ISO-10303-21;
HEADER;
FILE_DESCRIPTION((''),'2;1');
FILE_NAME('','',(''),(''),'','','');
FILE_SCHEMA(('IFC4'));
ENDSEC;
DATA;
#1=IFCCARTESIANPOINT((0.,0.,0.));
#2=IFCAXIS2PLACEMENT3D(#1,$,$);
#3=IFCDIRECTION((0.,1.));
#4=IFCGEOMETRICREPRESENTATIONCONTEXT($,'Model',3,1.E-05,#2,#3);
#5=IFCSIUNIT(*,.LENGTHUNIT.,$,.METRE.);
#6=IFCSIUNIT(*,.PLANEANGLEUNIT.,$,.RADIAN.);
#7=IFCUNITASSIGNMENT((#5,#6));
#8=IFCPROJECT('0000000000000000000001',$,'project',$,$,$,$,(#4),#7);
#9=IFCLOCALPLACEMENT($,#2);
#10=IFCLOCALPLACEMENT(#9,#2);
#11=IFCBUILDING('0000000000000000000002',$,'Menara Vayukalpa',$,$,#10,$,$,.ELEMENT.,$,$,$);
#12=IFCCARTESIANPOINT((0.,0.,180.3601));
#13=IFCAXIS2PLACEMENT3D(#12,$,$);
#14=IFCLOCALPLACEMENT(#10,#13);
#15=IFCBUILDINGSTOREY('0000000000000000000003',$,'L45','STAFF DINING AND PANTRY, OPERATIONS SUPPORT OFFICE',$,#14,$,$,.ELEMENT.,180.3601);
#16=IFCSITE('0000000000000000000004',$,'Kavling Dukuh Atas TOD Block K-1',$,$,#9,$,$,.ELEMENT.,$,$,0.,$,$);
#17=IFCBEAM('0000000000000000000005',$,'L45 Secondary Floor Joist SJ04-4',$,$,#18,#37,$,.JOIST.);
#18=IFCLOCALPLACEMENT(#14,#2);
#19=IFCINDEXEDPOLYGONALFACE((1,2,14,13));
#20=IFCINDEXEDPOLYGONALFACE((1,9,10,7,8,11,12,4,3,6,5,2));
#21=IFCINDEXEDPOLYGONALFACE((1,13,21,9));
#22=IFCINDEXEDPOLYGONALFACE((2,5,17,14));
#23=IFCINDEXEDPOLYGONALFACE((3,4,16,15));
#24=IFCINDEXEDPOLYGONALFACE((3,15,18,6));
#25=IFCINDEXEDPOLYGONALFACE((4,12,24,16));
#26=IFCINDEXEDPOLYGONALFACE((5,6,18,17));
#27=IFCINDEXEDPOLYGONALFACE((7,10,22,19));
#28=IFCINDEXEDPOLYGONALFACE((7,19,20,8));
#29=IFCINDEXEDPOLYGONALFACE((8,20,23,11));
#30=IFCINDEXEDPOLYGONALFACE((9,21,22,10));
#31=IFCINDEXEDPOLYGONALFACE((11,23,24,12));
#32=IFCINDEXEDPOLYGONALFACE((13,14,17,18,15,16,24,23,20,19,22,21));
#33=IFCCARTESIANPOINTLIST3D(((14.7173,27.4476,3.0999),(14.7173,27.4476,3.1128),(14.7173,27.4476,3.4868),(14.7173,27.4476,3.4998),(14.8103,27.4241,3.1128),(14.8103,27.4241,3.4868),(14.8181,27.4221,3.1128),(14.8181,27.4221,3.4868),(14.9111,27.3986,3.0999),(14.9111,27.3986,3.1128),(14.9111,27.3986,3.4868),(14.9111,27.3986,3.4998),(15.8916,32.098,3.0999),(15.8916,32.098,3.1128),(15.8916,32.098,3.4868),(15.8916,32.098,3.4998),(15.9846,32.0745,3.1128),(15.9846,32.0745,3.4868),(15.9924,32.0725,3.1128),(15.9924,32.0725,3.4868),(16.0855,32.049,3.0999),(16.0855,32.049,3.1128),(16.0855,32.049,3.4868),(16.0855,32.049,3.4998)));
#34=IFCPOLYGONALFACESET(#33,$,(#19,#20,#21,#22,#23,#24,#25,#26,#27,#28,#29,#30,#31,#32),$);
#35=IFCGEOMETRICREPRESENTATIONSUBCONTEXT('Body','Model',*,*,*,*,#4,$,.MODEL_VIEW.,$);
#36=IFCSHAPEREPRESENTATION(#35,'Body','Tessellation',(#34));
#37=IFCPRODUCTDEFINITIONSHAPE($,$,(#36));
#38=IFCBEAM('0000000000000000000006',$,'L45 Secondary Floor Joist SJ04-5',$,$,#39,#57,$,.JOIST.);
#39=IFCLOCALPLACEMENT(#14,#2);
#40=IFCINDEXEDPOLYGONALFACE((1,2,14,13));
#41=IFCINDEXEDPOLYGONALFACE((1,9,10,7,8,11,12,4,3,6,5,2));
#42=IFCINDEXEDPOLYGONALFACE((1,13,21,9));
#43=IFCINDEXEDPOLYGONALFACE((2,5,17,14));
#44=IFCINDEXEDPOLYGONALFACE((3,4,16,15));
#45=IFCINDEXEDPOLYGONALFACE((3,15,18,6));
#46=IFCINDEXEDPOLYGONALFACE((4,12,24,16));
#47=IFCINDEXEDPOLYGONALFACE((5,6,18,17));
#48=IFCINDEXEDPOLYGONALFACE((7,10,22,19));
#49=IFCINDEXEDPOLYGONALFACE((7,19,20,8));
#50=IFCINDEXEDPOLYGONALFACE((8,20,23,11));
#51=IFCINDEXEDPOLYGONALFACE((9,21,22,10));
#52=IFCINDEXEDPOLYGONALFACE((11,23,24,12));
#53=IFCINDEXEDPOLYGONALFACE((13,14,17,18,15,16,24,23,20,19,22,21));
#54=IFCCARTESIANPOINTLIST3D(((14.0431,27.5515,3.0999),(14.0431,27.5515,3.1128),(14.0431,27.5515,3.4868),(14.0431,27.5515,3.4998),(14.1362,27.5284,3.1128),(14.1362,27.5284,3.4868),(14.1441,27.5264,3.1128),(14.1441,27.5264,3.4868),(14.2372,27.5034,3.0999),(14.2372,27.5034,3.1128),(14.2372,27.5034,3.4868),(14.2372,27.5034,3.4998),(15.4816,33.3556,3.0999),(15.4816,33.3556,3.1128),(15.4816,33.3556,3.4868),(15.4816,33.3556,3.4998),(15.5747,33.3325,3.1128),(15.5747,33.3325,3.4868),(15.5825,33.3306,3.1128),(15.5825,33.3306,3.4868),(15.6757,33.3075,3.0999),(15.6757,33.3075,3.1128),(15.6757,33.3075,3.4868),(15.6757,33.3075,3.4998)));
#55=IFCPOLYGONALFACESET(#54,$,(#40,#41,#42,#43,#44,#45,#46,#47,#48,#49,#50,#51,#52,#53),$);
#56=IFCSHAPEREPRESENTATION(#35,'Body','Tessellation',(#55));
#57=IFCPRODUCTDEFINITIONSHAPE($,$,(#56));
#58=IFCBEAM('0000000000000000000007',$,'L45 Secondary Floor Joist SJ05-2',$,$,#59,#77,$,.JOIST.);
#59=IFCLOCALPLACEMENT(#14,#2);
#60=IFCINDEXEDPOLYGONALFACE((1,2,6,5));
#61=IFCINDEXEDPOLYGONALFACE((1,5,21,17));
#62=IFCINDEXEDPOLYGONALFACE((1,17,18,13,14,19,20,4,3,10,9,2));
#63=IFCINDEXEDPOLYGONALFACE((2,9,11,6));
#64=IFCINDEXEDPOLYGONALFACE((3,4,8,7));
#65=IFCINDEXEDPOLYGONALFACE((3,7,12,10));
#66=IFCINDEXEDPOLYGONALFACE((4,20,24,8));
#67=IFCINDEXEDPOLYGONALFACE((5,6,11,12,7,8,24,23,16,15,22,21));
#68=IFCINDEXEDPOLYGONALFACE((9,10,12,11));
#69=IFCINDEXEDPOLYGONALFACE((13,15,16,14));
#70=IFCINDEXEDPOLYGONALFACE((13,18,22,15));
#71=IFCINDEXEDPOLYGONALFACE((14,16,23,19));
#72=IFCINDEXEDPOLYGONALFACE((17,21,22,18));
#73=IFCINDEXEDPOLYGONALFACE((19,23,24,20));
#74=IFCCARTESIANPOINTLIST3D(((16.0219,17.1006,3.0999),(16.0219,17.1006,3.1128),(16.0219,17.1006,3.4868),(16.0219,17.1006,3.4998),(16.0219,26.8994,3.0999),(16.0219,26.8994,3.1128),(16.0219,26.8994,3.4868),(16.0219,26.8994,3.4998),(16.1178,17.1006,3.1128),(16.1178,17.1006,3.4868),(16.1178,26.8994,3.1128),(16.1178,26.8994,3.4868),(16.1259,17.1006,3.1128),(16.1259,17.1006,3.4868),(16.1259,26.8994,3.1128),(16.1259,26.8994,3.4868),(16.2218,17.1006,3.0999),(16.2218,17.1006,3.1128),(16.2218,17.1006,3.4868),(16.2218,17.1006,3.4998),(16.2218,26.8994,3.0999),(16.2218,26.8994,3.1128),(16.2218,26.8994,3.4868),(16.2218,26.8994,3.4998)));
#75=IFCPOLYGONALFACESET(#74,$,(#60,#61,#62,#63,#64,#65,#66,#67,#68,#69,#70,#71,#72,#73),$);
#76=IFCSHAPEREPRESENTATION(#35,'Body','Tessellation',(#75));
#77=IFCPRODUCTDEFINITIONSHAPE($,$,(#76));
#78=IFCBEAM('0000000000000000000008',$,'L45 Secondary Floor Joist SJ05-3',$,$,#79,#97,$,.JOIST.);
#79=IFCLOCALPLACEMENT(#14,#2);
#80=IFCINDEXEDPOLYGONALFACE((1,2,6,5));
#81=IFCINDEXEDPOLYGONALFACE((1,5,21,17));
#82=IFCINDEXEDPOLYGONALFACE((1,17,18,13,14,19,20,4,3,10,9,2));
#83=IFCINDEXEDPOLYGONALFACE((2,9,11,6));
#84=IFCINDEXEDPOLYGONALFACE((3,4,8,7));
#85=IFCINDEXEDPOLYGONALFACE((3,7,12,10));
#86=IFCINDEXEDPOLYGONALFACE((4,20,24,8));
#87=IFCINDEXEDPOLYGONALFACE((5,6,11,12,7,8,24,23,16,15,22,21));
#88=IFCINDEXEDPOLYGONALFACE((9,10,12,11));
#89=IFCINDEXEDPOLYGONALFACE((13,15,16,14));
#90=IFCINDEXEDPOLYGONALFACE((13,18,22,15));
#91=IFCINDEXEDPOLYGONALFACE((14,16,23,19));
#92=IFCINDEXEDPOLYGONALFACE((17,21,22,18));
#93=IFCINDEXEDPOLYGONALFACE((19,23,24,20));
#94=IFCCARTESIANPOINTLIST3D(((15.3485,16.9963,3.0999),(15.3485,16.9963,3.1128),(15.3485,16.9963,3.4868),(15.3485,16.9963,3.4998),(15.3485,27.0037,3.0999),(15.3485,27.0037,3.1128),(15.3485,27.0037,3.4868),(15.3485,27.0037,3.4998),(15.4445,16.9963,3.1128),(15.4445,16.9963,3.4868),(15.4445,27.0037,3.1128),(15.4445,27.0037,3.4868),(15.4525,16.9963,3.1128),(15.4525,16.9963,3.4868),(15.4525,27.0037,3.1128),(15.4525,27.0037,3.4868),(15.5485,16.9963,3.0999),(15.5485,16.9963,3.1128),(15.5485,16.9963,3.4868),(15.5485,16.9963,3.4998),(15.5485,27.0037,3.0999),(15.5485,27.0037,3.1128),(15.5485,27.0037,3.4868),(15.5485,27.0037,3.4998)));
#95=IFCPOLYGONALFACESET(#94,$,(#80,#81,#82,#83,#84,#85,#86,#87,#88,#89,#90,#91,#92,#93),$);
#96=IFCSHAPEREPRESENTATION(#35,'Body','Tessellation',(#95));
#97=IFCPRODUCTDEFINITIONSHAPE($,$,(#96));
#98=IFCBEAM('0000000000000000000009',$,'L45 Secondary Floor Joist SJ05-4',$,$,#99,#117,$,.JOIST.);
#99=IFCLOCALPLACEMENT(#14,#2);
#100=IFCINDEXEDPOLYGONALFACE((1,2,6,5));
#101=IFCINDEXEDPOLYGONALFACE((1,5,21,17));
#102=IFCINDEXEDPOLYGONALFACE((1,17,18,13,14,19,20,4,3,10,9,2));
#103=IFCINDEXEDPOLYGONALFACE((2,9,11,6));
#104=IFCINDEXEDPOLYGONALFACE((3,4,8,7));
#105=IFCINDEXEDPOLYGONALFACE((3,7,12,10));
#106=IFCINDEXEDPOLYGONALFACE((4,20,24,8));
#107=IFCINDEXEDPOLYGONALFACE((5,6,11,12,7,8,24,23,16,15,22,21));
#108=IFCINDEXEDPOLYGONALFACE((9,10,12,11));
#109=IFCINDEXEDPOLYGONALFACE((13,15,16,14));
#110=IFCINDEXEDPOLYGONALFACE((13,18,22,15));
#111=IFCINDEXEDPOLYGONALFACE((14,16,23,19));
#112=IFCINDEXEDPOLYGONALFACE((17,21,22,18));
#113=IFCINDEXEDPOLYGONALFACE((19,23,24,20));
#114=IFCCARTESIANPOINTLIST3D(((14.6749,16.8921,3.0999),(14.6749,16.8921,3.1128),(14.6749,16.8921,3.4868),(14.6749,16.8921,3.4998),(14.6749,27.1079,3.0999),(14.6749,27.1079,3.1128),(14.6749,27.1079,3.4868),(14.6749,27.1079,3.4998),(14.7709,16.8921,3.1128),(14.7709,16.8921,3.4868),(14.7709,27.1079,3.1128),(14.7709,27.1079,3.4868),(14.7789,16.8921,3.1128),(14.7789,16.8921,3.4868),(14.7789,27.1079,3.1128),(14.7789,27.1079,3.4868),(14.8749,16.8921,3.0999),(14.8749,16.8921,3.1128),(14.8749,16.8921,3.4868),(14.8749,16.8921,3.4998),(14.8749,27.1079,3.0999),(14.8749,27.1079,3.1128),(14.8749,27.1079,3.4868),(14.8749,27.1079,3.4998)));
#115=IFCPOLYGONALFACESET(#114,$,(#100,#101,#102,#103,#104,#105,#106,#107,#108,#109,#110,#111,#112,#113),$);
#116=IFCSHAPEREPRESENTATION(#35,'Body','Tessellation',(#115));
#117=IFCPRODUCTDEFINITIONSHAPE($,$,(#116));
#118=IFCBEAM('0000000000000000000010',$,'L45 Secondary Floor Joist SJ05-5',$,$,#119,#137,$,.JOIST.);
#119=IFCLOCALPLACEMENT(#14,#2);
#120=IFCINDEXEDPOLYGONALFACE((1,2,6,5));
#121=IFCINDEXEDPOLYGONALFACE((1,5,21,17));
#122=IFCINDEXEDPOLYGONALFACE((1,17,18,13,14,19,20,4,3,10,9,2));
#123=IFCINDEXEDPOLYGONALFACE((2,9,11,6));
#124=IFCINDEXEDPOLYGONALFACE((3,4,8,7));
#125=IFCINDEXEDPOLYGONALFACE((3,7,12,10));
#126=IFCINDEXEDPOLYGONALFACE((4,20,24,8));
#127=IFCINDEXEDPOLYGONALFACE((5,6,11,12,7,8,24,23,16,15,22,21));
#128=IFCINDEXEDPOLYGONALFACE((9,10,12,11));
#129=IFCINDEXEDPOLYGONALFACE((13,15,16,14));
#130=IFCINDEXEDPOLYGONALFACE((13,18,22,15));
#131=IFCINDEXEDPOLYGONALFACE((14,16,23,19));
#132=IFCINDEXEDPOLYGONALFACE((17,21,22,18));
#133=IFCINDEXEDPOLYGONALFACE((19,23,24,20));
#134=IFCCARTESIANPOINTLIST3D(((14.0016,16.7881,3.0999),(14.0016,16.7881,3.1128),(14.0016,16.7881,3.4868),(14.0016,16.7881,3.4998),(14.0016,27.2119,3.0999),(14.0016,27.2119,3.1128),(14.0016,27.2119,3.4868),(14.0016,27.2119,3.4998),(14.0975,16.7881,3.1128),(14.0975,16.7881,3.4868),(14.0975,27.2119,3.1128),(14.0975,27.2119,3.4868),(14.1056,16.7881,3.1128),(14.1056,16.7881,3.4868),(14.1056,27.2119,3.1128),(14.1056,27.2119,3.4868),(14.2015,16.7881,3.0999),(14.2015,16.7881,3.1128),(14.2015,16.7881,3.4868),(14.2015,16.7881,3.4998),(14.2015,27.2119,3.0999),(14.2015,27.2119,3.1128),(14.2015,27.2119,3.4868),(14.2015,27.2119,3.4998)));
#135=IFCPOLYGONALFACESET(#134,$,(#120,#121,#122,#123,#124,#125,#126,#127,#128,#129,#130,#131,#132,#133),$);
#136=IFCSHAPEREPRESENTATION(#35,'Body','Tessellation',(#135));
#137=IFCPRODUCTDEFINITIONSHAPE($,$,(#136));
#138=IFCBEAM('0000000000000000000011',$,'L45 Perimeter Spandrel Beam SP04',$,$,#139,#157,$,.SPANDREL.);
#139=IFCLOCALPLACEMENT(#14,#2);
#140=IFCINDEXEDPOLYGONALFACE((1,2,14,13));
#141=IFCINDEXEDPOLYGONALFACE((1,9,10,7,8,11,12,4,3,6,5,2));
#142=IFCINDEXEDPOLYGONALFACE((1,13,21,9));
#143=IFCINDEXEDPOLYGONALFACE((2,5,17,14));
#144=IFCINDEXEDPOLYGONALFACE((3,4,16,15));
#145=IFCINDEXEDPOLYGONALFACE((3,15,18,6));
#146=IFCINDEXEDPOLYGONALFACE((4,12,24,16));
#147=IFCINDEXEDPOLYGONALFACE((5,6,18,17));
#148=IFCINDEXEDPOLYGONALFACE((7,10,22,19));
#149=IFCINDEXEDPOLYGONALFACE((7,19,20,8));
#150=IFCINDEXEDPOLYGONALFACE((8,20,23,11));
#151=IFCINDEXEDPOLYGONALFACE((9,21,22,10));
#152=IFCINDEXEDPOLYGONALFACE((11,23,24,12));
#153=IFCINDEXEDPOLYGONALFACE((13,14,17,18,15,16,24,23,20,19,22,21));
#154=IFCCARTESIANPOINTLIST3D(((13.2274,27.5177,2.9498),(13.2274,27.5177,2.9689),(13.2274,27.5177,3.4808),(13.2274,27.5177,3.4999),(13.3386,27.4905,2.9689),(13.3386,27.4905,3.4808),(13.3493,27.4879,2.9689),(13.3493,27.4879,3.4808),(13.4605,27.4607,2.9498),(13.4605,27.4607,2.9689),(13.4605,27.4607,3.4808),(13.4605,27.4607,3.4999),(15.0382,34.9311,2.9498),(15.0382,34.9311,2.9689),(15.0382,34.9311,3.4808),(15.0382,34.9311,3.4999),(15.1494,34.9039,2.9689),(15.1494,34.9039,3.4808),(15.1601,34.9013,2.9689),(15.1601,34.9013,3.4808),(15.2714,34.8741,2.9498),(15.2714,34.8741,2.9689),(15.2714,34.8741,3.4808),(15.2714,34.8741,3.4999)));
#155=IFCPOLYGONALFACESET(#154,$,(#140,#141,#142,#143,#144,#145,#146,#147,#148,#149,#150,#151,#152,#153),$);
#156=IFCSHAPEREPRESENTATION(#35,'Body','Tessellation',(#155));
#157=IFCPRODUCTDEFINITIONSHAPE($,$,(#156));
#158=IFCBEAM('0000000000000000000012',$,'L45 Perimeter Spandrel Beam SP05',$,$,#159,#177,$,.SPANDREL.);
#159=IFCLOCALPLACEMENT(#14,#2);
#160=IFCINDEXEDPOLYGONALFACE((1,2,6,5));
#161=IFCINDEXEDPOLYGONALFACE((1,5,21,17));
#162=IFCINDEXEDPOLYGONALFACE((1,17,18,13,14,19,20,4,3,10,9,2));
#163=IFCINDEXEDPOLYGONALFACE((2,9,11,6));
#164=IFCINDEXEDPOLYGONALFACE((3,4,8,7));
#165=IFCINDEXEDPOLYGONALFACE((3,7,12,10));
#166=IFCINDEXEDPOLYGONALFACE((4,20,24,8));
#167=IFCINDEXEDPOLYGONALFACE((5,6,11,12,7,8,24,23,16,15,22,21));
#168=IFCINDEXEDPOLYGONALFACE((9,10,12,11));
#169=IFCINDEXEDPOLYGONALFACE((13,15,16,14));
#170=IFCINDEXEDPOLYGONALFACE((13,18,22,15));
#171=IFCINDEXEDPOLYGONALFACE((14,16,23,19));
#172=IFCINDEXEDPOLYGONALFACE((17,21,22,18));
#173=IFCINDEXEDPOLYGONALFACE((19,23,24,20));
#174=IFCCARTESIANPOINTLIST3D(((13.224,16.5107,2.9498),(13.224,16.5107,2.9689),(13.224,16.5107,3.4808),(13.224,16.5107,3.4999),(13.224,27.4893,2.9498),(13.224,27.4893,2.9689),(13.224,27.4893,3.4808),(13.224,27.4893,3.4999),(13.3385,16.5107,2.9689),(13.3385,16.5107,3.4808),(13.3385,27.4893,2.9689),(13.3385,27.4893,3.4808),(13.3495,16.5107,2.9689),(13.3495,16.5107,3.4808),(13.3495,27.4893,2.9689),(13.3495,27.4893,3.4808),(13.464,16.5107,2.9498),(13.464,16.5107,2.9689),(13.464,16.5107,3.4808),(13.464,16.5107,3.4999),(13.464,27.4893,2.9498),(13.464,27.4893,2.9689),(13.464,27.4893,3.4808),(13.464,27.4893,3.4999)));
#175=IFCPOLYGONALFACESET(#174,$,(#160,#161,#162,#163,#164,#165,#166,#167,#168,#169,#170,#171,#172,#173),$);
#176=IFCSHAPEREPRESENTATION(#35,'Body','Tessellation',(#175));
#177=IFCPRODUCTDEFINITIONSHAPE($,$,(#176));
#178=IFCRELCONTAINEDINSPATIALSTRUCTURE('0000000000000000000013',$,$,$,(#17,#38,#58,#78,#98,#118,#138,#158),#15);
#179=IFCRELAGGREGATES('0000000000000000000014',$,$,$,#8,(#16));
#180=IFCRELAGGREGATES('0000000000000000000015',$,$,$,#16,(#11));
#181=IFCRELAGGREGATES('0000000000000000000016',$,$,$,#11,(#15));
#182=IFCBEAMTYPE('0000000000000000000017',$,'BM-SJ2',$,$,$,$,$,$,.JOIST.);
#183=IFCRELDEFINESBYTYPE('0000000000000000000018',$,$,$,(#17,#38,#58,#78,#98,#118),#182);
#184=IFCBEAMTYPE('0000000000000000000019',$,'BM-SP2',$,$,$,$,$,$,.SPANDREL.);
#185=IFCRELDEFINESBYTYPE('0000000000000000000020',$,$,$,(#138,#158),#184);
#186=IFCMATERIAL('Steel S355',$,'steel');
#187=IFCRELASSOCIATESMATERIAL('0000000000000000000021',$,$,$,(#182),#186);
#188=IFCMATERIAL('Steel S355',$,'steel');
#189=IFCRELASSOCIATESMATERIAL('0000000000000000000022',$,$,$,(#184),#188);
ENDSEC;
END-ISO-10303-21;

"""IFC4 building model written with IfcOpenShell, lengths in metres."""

from ifc_helpers import new_model, si_unit, direction, frame, origin, origin_2d, place, context, subcontext, project, spatial, i_section, extrude, material, material_profile, profile_set, type_object, element, save


model = new_model("IFC4")

# Units and contexts
model_context = context("Model", 3, precision=1e-05, world=origin(), true_north=direction((0.0, 1.0)))
body_context = subcontext(model_context, "Body", "Model", "MODEL_VIEW")
ifc_project = project(units=[si_unit("LENGTHUNIT", "METRE"), si_unit("PLANEANGLEUNIT", "RADIAN")], contexts=[model_context])

# Site, building, storey
site_placement = place(None, origin())
site = spatial("IfcSite", under=ifc_project, at=site_placement, Name="Kavling Dukuh Atas TOD Block K-1", CompositionType="ELEMENT", RefElevation=0.0)
building_placement = place(site_placement, origin())
building = spatial("IfcBuilding", under=site, at=building_placement, Name="Menara Vayukalpa", CompositionType="ELEMENT")
storey_placement = place(building_placement, frame((0.0, 0.0, 180.3601)))
storey = spatial("IfcBuildingStorey", under=building, at=storey_placement, Name="L45", Description="STAFF DINING AND PANTRY, OPERATIONS SUPPORT OFFICE", CompositionType="ELEMENT", Elevation=180.3601)

# Beams
ifc_material_1 = material(Name="Steel S355", Category="steel")
ifc_material_profile_1 = material_profile(ifc_material_1, i_section(OverallWidth=0.2, OverallDepth=0.3999, WebThickness=0.0081, FlangeThickness=0.0129, at=origin_2d()), Name="WF 400x200x8x13")
ifc_profile_set_1 = profile_set([ifc_material_profile_1], Name="Steel S355")
beam_type_1 = type_object("IfcBeamType", Name="BM-SJ2", PredefinedType="JOIST", material=ifc_profile_set_1)
beam_1_placement = place(storey_placement, frame((15.9885, 32.0735, 3.2998), z_axis=(-0.244834, -0.969565, 0.0), x_axis=(0.969565, -0.244834, 0.0)))
element("IfcBeam", 1, at=beam_1_placement, inside=storey, type_object=beam_type_1, Name="L45 Secondary Floor Joist SJ04-4", PredefinedType="JOIST", context=body_context, shape_type="SweptSolid", body=[
    extrude(i_section(OverallWidth=0.2, OverallDepth=0.3999, WebThickness=0.0081, FlangeThickness=0.0129, at=origin_2d()), origin(), (0.0, 0.0, 1.0), 4.7964),
])
beam_2_placement = place(storey_placement, frame((15.5786, 33.3315, 3.2998), z_axis=(-0.240556, -0.970635, 0.0), x_axis=(0.970635, -0.240556, 0.0)))
element("IfcBeam", 2, at=beam_2_placement, inside=storey, type_object=beam_type_1, Name="L45 Secondary Floor Joist SJ04-5", PredefinedType="JOIST", context=body_context, shape_type="SweptSolid", body=[
    extrude(i_section(OverallWidth=0.2, OverallDepth=0.3999, WebThickness=0.0081, FlangeThickness=0.0129, at=origin_2d()), origin(), (0.0, 0.0, 1.0), 5.9797),
])
beam_3_placement = place(storey_placement, frame((16.1218, 26.8994, 3.2998), z_axis=(0.0, -1.0, 0.0), x_axis=(1.0, 0.0, 0.0)))
element("IfcBeam", 3, at=beam_3_placement, inside=storey, type_object=beam_type_1, Name="L45 Secondary Floor Joist SJ05-2", PredefinedType="JOIST", context=body_context, shape_type="SweptSolid", body=[
    extrude(i_section(OverallWidth=0.2, OverallDepth=0.3999, WebThickness=0.0081, FlangeThickness=0.0129, at=origin_2d()), origin(), (0.0, 0.0, 1.0), 9.7988),
])
beam_4_placement = place(storey_placement, frame((15.4485, 27.0037, 3.2998), z_axis=(0.0, -1.0, 0.0), x_axis=(1.0, 0.0, 0.0)))
element("IfcBeam", 4, at=beam_4_placement, inside=storey, type_object=beam_type_1, Name="L45 Secondary Floor Joist SJ05-3", PredefinedType="JOIST", context=body_context, shape_type="SweptSolid", body=[
    extrude(i_section(OverallWidth=0.2, OverallDepth=0.3999, WebThickness=0.0081, FlangeThickness=0.0129, at=origin_2d()), origin(), (0.0, 0.0, 1.0), 10.0073),
])
beam_5_placement = place(storey_placement, frame((14.7749, 27.1079, 3.2998), z_axis=(0.0, -1.0, 0.0), x_axis=(1.0, 0.0, 0.0)))
element("IfcBeam", 5, at=beam_5_placement, inside=storey, type_object=beam_type_1, Name="L45 Secondary Floor Joist SJ05-4", PredefinedType="JOIST", context=body_context, shape_type="SweptSolid", body=[
    extrude(i_section(OverallWidth=0.2, OverallDepth=0.3999, WebThickness=0.0081, FlangeThickness=0.0129, at=origin_2d()), origin(), (0.0, 0.0, 1.0), 10.2158),
])
beam_6_placement = place(storey_placement, frame((14.1016, 27.2119, 3.2998), z_axis=(0.0, -1.0, 0.0), x_axis=(1.0, 0.0, 0.0)))
element("IfcBeam", 6, at=beam_6_placement, inside=storey, type_object=beam_type_1, Name="L45 Secondary Floor Joist SJ05-5", PredefinedType="JOIST", context=body_context, shape_type="SweptSolid", body=[
    extrude(i_section(OverallWidth=0.2, OverallDepth=0.3999, WebThickness=0.0081, FlangeThickness=0.0129, at=origin_2d()), origin(), (0.0, 0.0, 1.0), 10.4238),
])
ifc_material_2 = material(Name="Steel S355", Category="steel")
ifc_material_profile_2 = material_profile(ifc_material_2, i_section(OverallWidth=0.24, OverallDepth=0.55, WebThickness=0.011, FlangeThickness=0.019, at=origin_2d()), Name="WF 550x240x11x19")
ifc_profile_set_2 = profile_set([ifc_material_profile_2], Name="Steel S355")
beam_type_2 = type_object("IfcBeamType", Name="BM-SP2", PredefinedType="SPANDREL", material=ifc_profile_set_2)
beam_7_placement = place(storey_placement, frame((15.1548, 34.9026, 3.2249), z_axis=(-0.237285, -0.97144, 0.0), x_axis=(0.97144, -0.237285, 0.0)))
element("IfcBeam", 7, at=beam_7_placement, inside=storey, type_object=beam_type_2, Name="L45 Perimeter Spandrel Beam SP04", PredefinedType="SPANDREL", context=body_context, shape_type="SweptSolid", body=[
    extrude(i_section(OverallWidth=0.24, OverallDepth=0.55, WebThickness=0.011, FlangeThickness=0.019, at=origin_2d()), origin(), (0.0, 0.0, 1.0), 7.6313),
])
beam_8_placement = place(storey_placement, frame((13.344, 27.4893, 3.2249), z_axis=(0.0, -1.0, 0.0), x_axis=(1.0, 0.0, 0.0)))
element("IfcBeam", 8, at=beam_8_placement, inside=storey, type_object=beam_type_2, Name="L45 Perimeter Spandrel Beam SP05", PredefinedType="SPANDREL", context=body_context, shape_type="SweptSolid", body=[
    extrude(i_section(OverallWidth=0.24, OverallDepth=0.55, WebThickness=0.011, FlangeThickness=0.019, at=origin_2d()), origin(), (0.0, 0.0, 1.0), 10.9785),
])

save(model, "model.ifc")
